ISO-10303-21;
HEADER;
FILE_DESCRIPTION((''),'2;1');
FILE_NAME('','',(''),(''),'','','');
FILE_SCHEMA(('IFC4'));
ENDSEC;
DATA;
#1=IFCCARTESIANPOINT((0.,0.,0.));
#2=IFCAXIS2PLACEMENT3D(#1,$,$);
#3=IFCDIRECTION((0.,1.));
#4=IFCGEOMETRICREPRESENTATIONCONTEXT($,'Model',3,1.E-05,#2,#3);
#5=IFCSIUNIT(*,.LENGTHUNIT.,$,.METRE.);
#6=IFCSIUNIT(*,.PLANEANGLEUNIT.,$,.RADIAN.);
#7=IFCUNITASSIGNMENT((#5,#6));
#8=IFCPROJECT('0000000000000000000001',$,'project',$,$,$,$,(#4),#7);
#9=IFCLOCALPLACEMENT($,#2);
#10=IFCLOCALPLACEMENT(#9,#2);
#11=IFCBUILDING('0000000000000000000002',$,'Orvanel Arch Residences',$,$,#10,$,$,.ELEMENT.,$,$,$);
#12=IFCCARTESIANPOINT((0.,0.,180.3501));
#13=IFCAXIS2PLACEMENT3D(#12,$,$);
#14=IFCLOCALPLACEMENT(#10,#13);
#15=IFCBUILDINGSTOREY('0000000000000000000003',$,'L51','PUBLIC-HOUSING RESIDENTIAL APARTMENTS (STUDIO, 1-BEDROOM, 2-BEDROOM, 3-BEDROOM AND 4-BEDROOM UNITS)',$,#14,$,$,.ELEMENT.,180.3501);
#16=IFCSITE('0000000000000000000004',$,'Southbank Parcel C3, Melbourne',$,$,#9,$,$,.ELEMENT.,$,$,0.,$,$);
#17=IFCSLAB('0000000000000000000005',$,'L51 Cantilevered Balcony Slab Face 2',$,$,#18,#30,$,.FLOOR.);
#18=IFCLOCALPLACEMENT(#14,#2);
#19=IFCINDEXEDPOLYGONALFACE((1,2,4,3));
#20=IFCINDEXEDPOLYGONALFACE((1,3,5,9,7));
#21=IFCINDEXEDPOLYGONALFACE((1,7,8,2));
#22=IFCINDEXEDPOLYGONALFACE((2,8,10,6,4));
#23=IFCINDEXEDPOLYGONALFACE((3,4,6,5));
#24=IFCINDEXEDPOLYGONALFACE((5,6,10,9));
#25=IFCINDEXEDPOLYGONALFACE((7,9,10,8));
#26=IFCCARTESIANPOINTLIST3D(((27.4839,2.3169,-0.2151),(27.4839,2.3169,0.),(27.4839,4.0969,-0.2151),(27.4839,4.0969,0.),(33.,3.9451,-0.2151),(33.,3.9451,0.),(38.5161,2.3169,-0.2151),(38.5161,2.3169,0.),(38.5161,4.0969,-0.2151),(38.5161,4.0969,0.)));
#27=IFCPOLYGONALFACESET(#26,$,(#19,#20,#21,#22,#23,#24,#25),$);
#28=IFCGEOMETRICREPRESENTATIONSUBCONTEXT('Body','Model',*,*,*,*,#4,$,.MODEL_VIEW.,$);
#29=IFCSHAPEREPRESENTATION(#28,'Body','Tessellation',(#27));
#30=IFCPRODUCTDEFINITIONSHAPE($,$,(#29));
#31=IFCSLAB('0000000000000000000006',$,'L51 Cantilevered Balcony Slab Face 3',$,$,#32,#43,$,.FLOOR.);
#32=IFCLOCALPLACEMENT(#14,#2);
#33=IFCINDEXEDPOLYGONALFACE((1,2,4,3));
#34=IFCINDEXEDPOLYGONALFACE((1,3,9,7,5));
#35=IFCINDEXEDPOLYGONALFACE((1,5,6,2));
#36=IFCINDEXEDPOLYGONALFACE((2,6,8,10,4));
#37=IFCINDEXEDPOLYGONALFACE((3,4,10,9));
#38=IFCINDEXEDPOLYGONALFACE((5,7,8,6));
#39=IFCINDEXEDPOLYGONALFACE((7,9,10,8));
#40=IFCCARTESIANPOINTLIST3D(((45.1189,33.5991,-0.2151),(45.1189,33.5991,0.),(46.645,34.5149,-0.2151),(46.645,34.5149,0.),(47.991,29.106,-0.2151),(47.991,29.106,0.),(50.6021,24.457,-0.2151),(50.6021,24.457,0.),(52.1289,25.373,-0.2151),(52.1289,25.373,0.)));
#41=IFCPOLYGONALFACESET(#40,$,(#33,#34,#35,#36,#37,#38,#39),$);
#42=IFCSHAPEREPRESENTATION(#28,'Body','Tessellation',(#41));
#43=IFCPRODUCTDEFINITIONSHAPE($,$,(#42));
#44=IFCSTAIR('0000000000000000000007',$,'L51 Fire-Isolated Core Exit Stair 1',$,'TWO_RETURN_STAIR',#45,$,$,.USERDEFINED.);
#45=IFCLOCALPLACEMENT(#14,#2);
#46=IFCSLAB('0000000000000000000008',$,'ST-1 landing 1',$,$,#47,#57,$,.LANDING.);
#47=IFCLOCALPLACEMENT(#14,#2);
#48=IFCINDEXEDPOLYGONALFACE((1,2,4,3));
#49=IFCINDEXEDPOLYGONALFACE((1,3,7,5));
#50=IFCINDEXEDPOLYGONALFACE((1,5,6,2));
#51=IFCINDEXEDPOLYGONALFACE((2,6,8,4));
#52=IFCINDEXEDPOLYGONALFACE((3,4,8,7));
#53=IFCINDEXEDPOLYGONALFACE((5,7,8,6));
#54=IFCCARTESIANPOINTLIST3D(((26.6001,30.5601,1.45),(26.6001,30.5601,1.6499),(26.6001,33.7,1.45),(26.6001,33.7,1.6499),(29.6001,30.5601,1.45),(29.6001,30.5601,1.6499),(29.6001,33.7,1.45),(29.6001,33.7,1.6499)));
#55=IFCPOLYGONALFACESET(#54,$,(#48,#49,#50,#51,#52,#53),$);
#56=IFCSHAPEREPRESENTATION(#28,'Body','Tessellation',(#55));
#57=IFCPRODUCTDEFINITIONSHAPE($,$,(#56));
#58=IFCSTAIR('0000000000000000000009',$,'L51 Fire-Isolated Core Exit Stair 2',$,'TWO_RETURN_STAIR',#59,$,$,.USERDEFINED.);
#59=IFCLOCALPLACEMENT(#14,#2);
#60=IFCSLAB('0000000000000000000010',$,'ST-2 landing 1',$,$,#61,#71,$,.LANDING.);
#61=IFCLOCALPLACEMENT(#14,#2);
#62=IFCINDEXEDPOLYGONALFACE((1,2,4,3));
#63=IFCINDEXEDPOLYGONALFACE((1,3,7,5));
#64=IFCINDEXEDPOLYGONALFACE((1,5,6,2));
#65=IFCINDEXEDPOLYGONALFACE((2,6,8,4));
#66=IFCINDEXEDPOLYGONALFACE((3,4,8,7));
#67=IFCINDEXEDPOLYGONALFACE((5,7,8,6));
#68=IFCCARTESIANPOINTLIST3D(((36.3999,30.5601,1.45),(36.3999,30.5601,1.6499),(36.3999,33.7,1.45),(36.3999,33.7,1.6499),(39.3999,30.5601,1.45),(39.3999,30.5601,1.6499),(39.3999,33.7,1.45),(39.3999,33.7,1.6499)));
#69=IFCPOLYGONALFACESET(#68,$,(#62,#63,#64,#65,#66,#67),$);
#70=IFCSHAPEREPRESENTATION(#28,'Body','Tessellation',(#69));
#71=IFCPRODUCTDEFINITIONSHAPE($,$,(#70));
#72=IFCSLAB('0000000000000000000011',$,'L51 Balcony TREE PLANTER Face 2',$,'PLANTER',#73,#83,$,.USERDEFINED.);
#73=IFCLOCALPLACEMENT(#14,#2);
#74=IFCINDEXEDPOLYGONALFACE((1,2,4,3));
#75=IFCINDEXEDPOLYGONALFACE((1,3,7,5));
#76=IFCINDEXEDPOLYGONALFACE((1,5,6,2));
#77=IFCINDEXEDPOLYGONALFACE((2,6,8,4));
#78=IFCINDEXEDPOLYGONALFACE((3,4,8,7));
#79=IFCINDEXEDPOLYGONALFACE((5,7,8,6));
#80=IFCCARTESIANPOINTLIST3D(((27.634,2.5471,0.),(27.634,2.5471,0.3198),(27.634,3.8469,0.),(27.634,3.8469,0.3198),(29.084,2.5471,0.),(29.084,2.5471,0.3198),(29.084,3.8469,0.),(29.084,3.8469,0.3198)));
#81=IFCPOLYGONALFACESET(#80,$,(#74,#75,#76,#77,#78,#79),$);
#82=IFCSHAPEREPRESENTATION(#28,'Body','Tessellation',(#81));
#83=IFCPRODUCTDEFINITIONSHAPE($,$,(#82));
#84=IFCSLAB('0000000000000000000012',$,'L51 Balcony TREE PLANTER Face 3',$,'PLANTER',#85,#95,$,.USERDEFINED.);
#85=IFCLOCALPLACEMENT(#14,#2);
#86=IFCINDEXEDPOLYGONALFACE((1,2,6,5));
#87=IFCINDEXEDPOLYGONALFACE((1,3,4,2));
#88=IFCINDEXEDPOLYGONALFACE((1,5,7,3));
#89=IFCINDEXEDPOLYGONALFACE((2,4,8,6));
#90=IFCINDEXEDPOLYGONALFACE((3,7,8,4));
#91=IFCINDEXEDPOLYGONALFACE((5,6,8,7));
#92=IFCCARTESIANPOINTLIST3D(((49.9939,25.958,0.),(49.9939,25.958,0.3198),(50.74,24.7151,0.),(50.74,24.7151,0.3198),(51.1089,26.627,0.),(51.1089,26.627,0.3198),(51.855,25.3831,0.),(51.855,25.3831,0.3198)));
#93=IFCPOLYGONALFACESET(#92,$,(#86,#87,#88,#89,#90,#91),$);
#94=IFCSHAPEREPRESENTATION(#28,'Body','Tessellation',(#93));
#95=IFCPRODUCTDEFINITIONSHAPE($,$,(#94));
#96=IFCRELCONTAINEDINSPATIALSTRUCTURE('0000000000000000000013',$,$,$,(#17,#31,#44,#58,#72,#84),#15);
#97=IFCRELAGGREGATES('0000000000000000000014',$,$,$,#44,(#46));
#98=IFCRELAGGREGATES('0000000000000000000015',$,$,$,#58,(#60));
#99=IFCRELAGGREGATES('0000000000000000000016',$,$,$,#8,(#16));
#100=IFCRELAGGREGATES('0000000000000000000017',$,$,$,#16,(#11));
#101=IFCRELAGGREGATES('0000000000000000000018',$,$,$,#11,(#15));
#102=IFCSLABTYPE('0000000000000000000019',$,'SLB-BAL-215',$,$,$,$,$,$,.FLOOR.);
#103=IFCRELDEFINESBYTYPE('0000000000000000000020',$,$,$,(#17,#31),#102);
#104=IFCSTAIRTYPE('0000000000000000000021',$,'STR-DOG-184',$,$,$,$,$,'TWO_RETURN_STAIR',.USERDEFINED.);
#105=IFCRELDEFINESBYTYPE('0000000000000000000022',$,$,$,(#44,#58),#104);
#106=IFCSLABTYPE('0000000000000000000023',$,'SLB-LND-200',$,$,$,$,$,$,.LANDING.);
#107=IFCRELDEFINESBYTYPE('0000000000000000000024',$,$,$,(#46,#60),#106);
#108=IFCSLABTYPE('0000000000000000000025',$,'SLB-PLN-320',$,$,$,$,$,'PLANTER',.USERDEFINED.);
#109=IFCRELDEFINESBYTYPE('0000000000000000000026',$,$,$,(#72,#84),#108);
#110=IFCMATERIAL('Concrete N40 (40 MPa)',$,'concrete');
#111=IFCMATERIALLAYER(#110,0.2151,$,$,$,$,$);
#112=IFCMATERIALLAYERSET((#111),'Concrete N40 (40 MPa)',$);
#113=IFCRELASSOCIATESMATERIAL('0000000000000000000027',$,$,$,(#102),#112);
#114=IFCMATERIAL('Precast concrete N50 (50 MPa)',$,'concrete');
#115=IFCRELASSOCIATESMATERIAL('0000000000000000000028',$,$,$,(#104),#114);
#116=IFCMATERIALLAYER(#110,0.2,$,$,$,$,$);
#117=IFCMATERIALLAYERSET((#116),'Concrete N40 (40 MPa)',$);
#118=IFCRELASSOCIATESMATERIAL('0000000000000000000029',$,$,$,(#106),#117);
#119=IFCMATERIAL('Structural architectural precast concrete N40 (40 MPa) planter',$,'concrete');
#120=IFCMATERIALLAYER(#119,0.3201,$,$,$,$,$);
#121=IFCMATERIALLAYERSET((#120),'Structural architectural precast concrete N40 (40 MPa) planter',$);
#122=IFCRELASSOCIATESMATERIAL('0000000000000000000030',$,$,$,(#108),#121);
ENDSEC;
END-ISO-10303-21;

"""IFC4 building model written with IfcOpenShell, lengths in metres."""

from ifc_helpers import new_model, si_unit, direction, frame, origin, place, context, subcontext, project, spatial, polyline, outline, extrude, material, layer, layer_set, type_object, element, aggregate, save


model = new_model("IFC4")

# Units and contexts
model_context = context("Model", 3, precision=1e-05, world=origin(), true_north=direction((0.0, 1.0)))
body_context = subcontext(model_context, "Body", "Model", "MODEL_VIEW")
ifc_project = project(units=[si_unit("LENGTHUNIT", "METRE"), si_unit("PLANEANGLEUNIT", "RADIAN")], contexts=[model_context])

# Site, building, storey
site_placement = place(None, origin())
site = spatial("IfcSite", under=ifc_project, at=site_placement, Name="Southbank Parcel C3, Melbourne", CompositionType="ELEMENT", RefElevation=0.0)
building_placement = place(site_placement, origin())
building = spatial("IfcBuilding", under=site, at=building_placement, Name="Orvanel Arch Residences", CompositionType="ELEMENT")
storey_placement = place(building_placement, frame((0.0, 0.0, 180.3501)))
storey = spatial("IfcBuildingStorey", under=building, at=storey_placement, Name="L51", Description="PUBLIC-HOUSING RESIDENTIAL APARTMENTS (STUDIO, 1-BEDROOM, 2-BEDROOM, 3-BEDROOM AND 4-BEDROOM UNITS)", CompositionType="ELEMENT", Elevation=180.3501)

# Slabs
ifc_material_1 = material(Name="Concrete N40 (40 MPa)", Category="concrete")
ifc_layer_1 = layer(ifc_material_1, 0.2151)
ifc_layer_set_1 = layer_set([ifc_layer_1], Name="Concrete N40 (40 MPa)")
slab_type_1 = type_object("IfcSlabType", Name="SLB-BAL-215", PredefinedType="FLOOR", material=ifc_layer_set_1)
slab_1_placement = place(storey_placement, frame((0.0, 0.0, -0.2151)))
element("IfcSlab", 1, at=slab_1_placement, inside=storey, type_object=slab_type_1, Name="L51 Cantilevered Balcony Slab Face 2", PredefinedType="FLOOR", context=body_context, shape_type="SweptSolid", body=[
    extrude(outline(polyline([(27.4839, 2.3169), (38.5161, 2.3169), (38.5161, 4.0969), (33.0, 3.9451), (27.4839, 4.0969), (27.4839, 2.3169)])), origin(), (0.0, 0.0, 1.0), 0.2151),
])
slab_2_placement = place(storey_placement, frame((0.0, 0.0, -0.2151)))
element("IfcSlab", 2, at=slab_2_placement, inside=storey, type_object=slab_type_1, Name="L51 Cantilevered Balcony Slab Face 3", PredefinedType="FLOOR", context=body_context, shape_type="SweptSolid", body=[
    extrude(outline(polyline([(52.1289, 25.373), (46.645, 34.5149), (45.1189, 33.5991), (47.991, 29.106), (50.6021, 24.457), (52.1289, 25.373)])), origin(), (0.0, 0.0, 1.0), 0.2151),
])

# Stairs, slabs
ifc_material_2 = material(Name="Precast concrete N50 (50 MPa)", Category="concrete")
stair_type = type_object("IfcStairType", Name="STR-DOG-184", ElementType="TWO_RETURN_STAIR", PredefinedType="USERDEFINED", material=ifc_material_2)
stair_1_placement = place(storey_placement, origin())
stair_1 = element("IfcStair", 3, at=stair_1_placement, inside=storey, type_object=stair_type, Name="L51 Fire-Isolated Core Exit Stair 1", ObjectType="TWO_RETURN_STAIR", PredefinedType="USERDEFINED")
ifc_layer_2 = layer(ifc_material_1, 0.2)
ifc_layer_set_2 = layer_set([ifc_layer_2], Name="Concrete N40 (40 MPa)")
slab_type_2 = type_object("IfcSlabType", Name="SLB-LND-200", PredefinedType="LANDING", material=ifc_layer_set_2)
slab_3_placement = place(storey_placement, frame((0.0, 0.0, 1.45)))
slab_3 = element("IfcSlab", 4, at=slab_3_placement, type_object=slab_type_2, Name="ST-1 landing 1", PredefinedType="LANDING", context=body_context, shape_type="SweptSolid", body=[
    extrude(outline(polyline([(29.6001, 30.5601), (29.6001, 33.7), (26.6001, 33.7), (26.6001, 30.5601), (29.6001, 30.5601)])), origin(), (0.0, 0.0, 1.0), 0.2),
])
aggregate(stair_1, [slab_3])
stair_2_placement = place(storey_placement, origin())
stair_2 = element("IfcStair", 5, at=stair_2_placement, inside=storey, type_object=stair_type, Name="L51 Fire-Isolated Core Exit Stair 2", ObjectType="TWO_RETURN_STAIR", PredefinedType="USERDEFINED")
slab_4_placement = place(storey_placement, frame((0.0, 0.0, 1.45)))
slab_4 = element("IfcSlab", 6, at=slab_4_placement, type_object=slab_type_2, Name="ST-2 landing 1", PredefinedType="LANDING", context=body_context, shape_type="SweptSolid", body=[
    extrude(outline(polyline([(39.3999, 30.5601), (39.3999, 33.7), (36.3999, 33.7), (36.3999, 30.5601), (39.3999, 30.5601)])), origin(), (0.0, 0.0, 1.0), 0.2),
])
aggregate(stair_2, [slab_4])

# Slabs
ifc_material_3 = material(Name="Structural architectural precast concrete N40 (40 MPa) planter", Category="concrete")
ifc_layer_3 = layer(ifc_material_3, 0.3201)
ifc_layer_set_3 = layer_set([ifc_layer_3], Name="Structural architectural precast concrete N40 (40 MPa) planter")
slab_type_3 = type_object("IfcSlabType", Name="SLB-PLN-320", ElementType="PLANTER", PredefinedType="USERDEFINED", material=ifc_layer_set_3)
slab_5_placement = place(storey_placement, origin())
element("IfcSlab", 7, at=slab_5_placement, inside=storey, type_object=slab_type_3, Name="L51 Balcony TREE PLANTER Face 2", ObjectType="PLANTER", PredefinedType="USERDEFINED", context=body_context, shape_type="SweptSolid", body=[
    extrude(outline(polyline([(27.634, 2.5471), (29.084, 2.5471), (29.084, 3.8469), (27.634, 3.8469), (27.634, 2.5471)])), origin(), (0.0, 0.0, 1.0), 0.3198),
])
slab_6_placement = place(storey_placement, origin())
element("IfcSlab", 8, at=slab_6_placement, inside=storey, type_object=slab_type_3, Name="L51 Balcony TREE PLANTER Face 3", ObjectType="PLANTER", PredefinedType="USERDEFINED", context=body_context, shape_type="SweptSolid", body=[
    extrude(outline(polyline([(51.855, 25.3831), (51.1089, 26.627), (49.9939, 25.958), (50.74, 24.7151), (51.855, 25.3831)])), origin(), (0.0, 0.0, 1.0), 0.3198),
])

save(model, "model.ifc")
